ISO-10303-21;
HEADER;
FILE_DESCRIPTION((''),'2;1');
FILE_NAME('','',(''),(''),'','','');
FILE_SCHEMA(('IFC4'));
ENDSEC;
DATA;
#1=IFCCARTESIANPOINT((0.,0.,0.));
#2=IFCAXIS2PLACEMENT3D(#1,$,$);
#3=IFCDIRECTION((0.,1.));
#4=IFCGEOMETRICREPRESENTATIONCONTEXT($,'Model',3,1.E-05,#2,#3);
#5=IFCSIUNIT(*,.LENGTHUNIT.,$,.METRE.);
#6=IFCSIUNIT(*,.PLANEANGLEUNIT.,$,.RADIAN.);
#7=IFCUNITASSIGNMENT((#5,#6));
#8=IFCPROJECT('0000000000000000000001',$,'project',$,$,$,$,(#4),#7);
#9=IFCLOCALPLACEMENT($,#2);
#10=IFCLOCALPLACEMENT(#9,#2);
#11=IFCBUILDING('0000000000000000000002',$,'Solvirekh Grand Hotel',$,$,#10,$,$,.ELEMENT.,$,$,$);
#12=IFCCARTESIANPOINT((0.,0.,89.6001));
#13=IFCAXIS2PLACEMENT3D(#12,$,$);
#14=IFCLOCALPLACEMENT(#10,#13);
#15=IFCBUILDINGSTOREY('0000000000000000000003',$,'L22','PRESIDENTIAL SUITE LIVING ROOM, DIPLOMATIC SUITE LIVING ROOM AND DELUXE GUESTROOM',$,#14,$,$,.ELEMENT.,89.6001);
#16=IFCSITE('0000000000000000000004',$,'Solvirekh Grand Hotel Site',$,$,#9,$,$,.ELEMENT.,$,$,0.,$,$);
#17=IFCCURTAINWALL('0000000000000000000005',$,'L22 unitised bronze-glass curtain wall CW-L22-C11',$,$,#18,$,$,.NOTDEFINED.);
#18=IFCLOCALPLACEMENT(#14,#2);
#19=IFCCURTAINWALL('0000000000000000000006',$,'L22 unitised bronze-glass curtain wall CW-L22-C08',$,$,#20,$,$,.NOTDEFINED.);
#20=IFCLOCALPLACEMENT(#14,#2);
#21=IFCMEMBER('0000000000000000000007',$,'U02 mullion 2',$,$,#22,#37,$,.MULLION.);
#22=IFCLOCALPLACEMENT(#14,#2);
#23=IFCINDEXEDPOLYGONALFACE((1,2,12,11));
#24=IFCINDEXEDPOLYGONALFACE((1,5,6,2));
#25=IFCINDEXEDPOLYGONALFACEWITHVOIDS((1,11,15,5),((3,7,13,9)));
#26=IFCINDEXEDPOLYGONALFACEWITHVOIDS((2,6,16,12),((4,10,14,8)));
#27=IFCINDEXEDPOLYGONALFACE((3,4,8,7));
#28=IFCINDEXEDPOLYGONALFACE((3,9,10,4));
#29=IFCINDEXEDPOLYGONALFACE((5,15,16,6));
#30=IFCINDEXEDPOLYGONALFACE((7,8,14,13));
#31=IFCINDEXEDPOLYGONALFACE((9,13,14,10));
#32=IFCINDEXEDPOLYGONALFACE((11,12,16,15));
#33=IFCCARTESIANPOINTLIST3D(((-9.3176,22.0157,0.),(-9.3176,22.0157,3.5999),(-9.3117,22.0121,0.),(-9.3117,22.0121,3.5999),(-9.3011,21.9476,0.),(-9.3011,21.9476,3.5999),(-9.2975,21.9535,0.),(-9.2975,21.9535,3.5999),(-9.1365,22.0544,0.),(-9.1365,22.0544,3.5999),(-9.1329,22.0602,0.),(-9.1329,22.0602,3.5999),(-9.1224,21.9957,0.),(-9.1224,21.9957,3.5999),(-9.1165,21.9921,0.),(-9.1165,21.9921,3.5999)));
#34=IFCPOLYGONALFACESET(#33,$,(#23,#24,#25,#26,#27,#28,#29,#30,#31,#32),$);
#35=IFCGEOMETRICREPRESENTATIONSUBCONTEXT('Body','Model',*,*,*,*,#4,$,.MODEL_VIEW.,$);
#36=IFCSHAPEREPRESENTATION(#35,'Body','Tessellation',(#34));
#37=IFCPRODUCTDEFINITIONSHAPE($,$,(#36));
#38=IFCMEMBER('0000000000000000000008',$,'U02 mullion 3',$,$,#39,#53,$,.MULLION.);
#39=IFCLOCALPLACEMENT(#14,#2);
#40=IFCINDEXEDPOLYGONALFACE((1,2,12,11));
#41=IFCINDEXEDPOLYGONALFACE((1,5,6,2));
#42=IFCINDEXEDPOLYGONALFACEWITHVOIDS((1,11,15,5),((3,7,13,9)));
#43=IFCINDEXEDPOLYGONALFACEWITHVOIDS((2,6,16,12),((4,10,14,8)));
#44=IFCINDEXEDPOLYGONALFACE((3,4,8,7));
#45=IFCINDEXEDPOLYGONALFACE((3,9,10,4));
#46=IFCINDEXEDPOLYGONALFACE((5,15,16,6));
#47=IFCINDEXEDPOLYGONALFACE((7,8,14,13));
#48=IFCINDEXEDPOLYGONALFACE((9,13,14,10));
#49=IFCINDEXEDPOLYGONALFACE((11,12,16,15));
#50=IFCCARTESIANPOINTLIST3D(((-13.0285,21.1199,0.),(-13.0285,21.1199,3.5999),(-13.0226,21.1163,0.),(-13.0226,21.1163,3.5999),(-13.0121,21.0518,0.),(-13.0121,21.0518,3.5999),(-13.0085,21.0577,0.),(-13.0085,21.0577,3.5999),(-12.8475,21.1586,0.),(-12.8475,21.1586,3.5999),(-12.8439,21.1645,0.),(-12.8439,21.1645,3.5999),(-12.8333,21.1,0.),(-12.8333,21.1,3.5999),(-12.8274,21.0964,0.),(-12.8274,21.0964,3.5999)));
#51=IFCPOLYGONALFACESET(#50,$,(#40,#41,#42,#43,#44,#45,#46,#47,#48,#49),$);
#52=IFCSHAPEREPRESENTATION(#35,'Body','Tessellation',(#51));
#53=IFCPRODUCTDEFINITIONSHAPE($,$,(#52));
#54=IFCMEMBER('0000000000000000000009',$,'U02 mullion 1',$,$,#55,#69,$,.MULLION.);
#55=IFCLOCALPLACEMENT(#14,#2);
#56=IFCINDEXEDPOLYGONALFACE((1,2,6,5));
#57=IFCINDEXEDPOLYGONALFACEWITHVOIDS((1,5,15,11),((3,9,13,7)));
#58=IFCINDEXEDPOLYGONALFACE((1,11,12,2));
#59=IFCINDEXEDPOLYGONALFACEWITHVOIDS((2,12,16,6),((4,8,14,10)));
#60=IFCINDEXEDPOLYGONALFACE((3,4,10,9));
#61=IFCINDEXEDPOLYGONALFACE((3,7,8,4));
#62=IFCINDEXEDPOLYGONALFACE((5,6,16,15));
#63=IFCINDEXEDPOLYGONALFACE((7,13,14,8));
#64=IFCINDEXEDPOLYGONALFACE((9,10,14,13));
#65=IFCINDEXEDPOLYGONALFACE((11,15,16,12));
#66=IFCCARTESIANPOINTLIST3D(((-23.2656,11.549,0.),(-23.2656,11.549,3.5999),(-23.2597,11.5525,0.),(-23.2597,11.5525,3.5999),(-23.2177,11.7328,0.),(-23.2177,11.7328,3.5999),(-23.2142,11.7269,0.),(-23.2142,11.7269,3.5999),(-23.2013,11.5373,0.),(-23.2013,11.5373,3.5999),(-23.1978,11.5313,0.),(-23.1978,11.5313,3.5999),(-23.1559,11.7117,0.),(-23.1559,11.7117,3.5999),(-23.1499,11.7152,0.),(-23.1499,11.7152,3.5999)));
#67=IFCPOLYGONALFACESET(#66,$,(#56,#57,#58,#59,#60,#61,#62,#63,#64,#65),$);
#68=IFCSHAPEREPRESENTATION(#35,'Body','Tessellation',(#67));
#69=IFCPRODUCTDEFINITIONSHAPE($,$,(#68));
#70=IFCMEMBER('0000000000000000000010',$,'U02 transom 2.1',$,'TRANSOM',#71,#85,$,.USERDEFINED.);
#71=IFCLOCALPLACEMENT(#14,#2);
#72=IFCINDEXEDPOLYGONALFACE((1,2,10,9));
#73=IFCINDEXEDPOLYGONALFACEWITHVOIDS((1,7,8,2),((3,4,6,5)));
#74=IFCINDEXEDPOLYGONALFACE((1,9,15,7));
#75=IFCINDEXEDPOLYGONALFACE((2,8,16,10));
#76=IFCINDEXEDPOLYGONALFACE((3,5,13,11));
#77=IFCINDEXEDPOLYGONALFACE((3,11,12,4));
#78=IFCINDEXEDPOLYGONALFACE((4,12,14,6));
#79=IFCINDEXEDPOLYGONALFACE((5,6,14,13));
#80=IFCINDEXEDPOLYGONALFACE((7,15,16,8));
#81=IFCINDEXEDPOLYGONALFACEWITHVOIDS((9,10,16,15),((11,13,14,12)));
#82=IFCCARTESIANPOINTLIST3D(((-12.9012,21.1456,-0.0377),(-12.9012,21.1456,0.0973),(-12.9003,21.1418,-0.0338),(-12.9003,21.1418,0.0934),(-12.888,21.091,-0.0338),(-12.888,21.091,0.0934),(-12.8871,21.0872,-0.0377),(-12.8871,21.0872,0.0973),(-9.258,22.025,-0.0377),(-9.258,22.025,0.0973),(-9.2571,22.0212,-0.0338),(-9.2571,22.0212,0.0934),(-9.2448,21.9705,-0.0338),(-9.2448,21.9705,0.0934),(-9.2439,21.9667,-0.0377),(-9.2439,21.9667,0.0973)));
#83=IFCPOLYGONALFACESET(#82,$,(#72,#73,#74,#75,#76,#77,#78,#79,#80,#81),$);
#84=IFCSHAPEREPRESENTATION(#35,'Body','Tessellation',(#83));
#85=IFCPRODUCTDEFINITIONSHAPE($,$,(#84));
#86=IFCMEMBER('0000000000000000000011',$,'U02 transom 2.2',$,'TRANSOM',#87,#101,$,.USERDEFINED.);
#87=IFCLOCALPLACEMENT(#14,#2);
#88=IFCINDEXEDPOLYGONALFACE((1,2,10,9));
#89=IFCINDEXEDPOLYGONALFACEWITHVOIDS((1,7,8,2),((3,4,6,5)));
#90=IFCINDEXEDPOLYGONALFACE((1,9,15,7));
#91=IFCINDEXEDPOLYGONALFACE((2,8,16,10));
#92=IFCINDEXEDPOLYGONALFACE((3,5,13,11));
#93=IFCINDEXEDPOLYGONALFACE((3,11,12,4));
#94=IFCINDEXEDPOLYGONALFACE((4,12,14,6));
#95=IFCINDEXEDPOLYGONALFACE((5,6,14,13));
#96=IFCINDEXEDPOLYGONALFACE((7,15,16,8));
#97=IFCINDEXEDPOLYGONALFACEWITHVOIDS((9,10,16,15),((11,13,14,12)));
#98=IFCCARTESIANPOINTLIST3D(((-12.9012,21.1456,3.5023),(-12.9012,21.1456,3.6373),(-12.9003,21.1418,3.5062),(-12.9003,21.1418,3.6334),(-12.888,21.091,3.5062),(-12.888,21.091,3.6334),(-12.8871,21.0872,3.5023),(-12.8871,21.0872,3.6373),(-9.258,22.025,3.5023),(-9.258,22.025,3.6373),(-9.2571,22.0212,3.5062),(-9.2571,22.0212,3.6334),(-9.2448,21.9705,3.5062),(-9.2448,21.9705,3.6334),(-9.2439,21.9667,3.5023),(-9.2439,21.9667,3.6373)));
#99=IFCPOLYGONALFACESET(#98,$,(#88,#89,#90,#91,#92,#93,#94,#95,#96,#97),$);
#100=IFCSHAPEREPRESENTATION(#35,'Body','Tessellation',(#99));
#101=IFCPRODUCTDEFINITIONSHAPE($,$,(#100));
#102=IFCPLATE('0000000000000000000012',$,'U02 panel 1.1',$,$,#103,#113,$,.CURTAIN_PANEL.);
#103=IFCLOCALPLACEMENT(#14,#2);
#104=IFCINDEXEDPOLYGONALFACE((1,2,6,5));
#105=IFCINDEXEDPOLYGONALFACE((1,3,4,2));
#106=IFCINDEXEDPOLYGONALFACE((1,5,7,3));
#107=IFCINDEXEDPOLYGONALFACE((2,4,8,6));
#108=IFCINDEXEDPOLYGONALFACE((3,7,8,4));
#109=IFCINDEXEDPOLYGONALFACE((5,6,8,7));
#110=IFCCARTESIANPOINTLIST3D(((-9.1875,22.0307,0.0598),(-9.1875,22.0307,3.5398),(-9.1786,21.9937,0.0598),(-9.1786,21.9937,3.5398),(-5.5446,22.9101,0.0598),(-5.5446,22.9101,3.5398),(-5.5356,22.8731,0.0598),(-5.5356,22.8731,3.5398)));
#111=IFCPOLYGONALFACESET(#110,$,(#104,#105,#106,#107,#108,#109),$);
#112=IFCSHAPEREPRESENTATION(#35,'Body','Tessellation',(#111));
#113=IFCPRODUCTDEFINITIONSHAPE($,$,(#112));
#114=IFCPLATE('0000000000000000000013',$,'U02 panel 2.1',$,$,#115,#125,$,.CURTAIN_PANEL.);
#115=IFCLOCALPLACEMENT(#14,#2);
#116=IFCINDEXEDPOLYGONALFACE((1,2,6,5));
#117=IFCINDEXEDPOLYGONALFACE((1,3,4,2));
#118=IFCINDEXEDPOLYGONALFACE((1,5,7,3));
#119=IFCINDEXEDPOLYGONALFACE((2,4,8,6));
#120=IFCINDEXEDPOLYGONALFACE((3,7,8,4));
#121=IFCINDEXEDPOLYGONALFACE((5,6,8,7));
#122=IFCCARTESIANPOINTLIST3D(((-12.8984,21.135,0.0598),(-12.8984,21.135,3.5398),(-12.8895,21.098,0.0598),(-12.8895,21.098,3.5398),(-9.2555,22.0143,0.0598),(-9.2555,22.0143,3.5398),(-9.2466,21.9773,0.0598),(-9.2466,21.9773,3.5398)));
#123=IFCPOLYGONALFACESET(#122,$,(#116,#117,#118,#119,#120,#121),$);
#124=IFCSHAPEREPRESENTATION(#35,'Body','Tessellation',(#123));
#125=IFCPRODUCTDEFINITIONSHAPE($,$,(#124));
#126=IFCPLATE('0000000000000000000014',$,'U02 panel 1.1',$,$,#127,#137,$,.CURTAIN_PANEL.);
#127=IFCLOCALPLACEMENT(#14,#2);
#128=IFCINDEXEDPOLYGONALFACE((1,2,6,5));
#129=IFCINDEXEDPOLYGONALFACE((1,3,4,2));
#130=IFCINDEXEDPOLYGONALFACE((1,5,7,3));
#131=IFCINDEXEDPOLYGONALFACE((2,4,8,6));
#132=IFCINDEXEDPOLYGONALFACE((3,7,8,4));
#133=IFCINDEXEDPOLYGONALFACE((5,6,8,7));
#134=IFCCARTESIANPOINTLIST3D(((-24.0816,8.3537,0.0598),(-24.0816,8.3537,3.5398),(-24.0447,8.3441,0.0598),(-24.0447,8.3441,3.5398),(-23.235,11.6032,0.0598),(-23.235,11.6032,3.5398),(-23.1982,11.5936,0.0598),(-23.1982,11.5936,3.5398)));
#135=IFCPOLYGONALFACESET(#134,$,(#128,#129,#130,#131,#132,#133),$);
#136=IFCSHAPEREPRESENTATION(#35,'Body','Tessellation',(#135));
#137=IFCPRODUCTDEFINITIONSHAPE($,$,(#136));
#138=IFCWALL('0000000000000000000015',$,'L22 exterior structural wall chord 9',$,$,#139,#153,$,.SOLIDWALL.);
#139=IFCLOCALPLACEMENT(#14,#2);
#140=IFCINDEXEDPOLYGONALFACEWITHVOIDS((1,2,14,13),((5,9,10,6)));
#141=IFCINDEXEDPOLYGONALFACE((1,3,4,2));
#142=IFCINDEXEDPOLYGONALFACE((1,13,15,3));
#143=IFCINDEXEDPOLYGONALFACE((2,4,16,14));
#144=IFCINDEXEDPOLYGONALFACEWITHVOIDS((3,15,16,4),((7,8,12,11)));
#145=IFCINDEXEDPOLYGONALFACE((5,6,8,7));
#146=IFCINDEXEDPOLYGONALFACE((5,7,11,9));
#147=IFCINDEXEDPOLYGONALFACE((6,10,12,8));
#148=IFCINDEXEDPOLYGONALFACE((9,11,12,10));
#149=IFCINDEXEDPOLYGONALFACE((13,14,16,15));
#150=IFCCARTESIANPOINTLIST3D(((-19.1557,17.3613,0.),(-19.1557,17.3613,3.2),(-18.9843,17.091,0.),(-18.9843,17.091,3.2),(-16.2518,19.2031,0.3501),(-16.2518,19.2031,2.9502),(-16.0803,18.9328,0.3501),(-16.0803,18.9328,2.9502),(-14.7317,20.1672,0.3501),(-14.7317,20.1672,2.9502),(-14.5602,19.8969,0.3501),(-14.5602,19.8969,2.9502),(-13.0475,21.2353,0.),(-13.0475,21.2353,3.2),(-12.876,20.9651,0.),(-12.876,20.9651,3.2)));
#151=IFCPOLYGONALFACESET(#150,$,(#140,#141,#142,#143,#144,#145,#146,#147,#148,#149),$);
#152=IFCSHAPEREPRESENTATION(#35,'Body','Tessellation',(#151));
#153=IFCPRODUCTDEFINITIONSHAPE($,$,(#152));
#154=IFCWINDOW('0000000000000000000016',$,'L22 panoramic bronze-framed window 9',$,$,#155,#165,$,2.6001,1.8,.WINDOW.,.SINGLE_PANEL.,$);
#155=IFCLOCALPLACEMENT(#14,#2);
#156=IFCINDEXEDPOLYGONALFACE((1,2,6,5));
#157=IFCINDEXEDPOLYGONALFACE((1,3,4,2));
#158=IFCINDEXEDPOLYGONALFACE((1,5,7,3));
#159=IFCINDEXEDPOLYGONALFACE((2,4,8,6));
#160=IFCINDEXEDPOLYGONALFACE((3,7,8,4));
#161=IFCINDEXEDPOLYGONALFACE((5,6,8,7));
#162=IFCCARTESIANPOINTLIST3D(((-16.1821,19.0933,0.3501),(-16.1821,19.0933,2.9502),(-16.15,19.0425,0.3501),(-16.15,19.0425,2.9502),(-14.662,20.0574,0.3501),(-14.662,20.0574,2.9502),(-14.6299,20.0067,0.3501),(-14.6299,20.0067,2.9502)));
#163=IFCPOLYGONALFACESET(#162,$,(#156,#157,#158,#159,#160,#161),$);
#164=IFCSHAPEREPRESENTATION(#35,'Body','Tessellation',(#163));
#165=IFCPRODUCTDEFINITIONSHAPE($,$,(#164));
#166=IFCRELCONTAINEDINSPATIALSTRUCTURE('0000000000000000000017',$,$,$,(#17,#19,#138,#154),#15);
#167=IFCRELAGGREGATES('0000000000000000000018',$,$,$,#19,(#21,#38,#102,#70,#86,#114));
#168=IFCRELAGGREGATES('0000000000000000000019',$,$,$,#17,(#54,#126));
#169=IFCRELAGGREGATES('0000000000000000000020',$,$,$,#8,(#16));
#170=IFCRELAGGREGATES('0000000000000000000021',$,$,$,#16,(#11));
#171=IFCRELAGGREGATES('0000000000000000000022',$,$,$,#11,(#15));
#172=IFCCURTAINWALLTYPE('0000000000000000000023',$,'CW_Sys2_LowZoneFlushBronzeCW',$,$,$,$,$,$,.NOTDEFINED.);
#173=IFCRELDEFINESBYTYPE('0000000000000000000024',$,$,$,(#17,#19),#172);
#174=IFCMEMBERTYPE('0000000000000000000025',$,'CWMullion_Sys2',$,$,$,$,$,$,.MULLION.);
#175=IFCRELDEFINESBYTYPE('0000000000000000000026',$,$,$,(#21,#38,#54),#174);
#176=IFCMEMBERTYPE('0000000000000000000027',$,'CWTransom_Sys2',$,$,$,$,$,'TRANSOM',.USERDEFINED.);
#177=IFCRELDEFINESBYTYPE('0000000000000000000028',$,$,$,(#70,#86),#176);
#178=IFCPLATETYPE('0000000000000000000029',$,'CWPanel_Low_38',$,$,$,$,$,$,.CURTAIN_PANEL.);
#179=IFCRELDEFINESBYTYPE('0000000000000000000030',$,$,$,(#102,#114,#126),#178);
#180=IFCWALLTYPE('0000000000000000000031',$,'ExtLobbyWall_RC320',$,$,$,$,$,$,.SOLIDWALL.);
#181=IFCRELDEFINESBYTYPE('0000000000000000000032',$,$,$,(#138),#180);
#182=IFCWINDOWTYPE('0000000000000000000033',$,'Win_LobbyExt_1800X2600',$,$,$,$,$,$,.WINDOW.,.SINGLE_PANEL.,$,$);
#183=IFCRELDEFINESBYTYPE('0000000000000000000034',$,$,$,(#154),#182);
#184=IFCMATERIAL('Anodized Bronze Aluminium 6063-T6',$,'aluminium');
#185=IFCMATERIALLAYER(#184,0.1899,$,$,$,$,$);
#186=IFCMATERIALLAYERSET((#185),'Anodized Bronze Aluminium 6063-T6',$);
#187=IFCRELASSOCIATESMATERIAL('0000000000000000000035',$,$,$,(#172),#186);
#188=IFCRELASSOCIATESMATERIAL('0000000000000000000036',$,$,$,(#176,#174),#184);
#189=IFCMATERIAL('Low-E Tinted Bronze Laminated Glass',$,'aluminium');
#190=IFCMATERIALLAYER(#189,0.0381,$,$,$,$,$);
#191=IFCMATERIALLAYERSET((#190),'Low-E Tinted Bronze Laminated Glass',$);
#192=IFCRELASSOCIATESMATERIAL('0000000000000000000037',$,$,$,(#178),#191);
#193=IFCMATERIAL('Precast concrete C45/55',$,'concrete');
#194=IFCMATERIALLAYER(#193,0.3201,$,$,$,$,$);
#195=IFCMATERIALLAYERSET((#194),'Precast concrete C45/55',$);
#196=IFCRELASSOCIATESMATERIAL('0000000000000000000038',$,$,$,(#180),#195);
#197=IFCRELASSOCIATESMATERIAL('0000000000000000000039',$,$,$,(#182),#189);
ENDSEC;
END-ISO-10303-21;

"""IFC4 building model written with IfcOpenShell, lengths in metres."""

from ifc_helpers import new_model, si_unit, direction, frame, frame_2d, origin, origin_2d, place, context, subcontext, project, spatial, rectangle, hollow_rectangle, extrude, source, transform, mapped, material, layer, layer_set, material_profile, profile_set, type_object, element, fill, aggregate, save


model = new_model("IFC4")

# Units and contexts
model_context = context("Model", 3, precision=1e-05, world=origin(), true_north=direction((0.0, 1.0)))
body_context = subcontext(model_context, "Body", "Model", "MODEL_VIEW")
ifc_project = project(units=[si_unit("LENGTHUNIT", "METRE"), si_unit("PLANEANGLEUNIT", "RADIAN")], contexts=[model_context])

# Site, building, storey
site_placement = place(None, origin())
site = spatial("IfcSite", under=ifc_project, at=site_placement, Name="Solvirekh Grand Hotel Site", CompositionType="ELEMENT", RefElevation=0.0)
building_placement = place(site_placement, origin())
building = spatial("IfcBuilding", under=site, at=building_placement, Name="Solvirekh Grand Hotel", CompositionType="ELEMENT")
storey_placement = place(building_placement, frame((0.0, 0.0, 89.6001)))
storey = spatial("IfcBuildingStorey", under=building, at=storey_placement, Name="L22", Description="PRESIDENTIAL SUITE LIVING ROOM, DIPLOMATIC SUITE LIVING ROOM AND DELUXE GUESTROOM", CompositionType="ELEMENT", Elevation=89.6001)

# Curtain walls, members
ifc_material_1 = material(Name="Anodized Bronze Aluminium 6063-T6", Category="aluminium")
ifc_layer_1 = layer(ifc_material_1, 0.1899)
ifc_layer_set_1 = layer_set([ifc_layer_1], Name="Anodized Bronze Aluminium 6063-T6")
curtain_wall_type = type_object("IfcCurtainWallType", Name="CW_Sys2_LowZoneFlushBronzeCW", PredefinedType="NOTDEFINED", material=ifc_layer_set_1)
curtain_wall_1_placement = place(storey_placement, origin())
curtain_wall_1 = element("IfcCurtainWall", 1, at=curtain_wall_1_placement, inside=storey, type_object=curtain_wall_type, Name="L22 unitised bronze-glass curtain wall CW-L22-C11", PredefinedType="NOTDEFINED")
ifc_material_profile_1 = material_profile(ifc_material_1, hollow_rectangle(XDim=0.0601, YDim=0.135, WallThickness=0.0039, at=origin_2d()), Name="ALU RHS 135X60X4")
ifc_profile_set_1 = profile_set([ifc_material_profile_1], Name="Anodized Bronze Aluminium 6063-T6")
member_type_1 = type_object("IfcMemberType", Name="CWTransom_Sys2", ElementType="TRANSOM", PredefinedType="USERDEFINED", material=ifc_profile_set_1)
curtain_wall_2_placement = place(storey_placement, origin())
curtain_wall_2 = element("IfcCurtainWall", 2, at=curtain_wall_2_placement, inside=storey, type_object=curtain_wall_type, Name="L22 unitised bronze-glass curtain wall CW-L22-C08", PredefinedType="NOTDEFINED")
ifc_material_profile_2 = material_profile(ifc_material_1, hollow_rectangle(XDim=0.0701, YDim=0.1899, WallThickness=0.0049, at=origin_2d()), Name="ALU RHS 190X70X5")
ifc_profile_set_2 = profile_set([ifc_material_profile_2], Name="Anodized Bronze Aluminium 6063-T6")
member_type_2 = type_object("IfcMemberType", Name="CWMullion_Sys2", PredefinedType="MULLION", material=ifc_profile_set_2)
shared_shape_1 = source(origin(), body_context, "Body", "SweptSolid", [
    extrude(hollow_rectangle(XDim=0.0701, YDim=0.1899, WallThickness=0.0049, at=origin_2d()), origin(), (0.0, 0.0, 1.0), 3.5999),
])
member_1_placement = place(storey_placement, frame((-9.217, 22.0039, 0.0), z_axis=(0.0, 0.0, 1.0), x_axis=(0.234649, -0.97208, 0.0)))
member_1 = element("IfcMember", 3, at=member_1_placement, type_object=member_type_2, Name="U02 mullion 2", PredefinedType="MULLION", context=body_context, shape_type="MappedRepresentation", body=[
    mapped(shared_shape_1, transform((0.0, 0.0, 0.0), x_axis=(1.0, 0.0, 0.0), y_axis=(0.0, 1.0, 0.0), z_axis=(0.0, 0.0, 1.0), scale=1.0)),
])
member_2_placement = place(storey_placement, frame((-12.928, 21.1082, 0.0), z_axis=(0.0, 0.0, 1.0), x_axis=(0.234649, -0.97208, 0.0)))
member_2 = element("IfcMember", 4, at=member_2_placement, type_object=member_type_2, Name="U02 mullion 3", PredefinedType="MULLION", context=body_context, shape_type="MappedRepresentation", body=[
    mapped(shared_shape_1, transform((0.0, 0.0, 0.0), x_axis=(1.0, 0.0, 0.0), y_axis=(0.0, 1.0, 0.0), z_axis=(0.0, 0.0, 1.0), scale=1.0)),
])

# Members
member_3_placement = place(storey_placement, frame((-23.2078, 11.6321, 0.0), z_axis=(0.0, 0.0, 1.0), x_axis=(0.9677, -0.252104, 0.0)))
member_3 = element("IfcMember", 5, at=member_3_placement, type_object=member_type_2, Name="U02 mullion 1", PredefinedType="MULLION", context=body_context, shape_type="MappedRepresentation", body=[
    mapped(shared_shape_1, transform((0.0, 0.0, 0.0), x_axis=(1.0, 0.0, 0.0), y_axis=(0.0, 1.0, 0.0), z_axis=(0.0, 0.0, 1.0), scale=1.0)),
])
shared_shape_2 = source(origin(), body_context, "Body", "SweptSolid", [
    extrude(hollow_rectangle(XDim=0.0601, YDim=0.135, WallThickness=0.0039, at=origin_2d()), origin(), (0.0, 0.0, 1.0), 3.7478),
])
member_4_placement = place(storey_placement, frame((-9.251, 21.9958, 0.0298), z_axis=(-0.97208, -0.234649, 0.0), x_axis=(0.234649, -0.97208, 0.0)))
member_4 = element("IfcMember", 6, at=member_4_placement, type_object=member_type_1, Name="U02 transom 2.1", ObjectType="TRANSOM", PredefinedType="USERDEFINED", context=body_context, shape_type="MappedRepresentation", body=[
    mapped(shared_shape_2, transform((0.0, 0.0, 0.0), x_axis=(1.0, 0.0, 0.0), y_axis=(0.0, 1.0, 0.0), z_axis=(0.0, 0.0, 1.0), scale=1.0)),
])
member_5_placement = place(storey_placement, frame((-9.251, 21.9958, 3.5698), z_axis=(-0.97208, -0.234649, 0.0), x_axis=(0.234649, -0.97208, 0.0)))
member_5 = element("IfcMember", 7, at=member_5_placement, type_object=member_type_1, Name="U02 transom 2.2", ObjectType="TRANSOM", PredefinedType="USERDEFINED", context=body_context, shape_type="MappedRepresentation", body=[
    mapped(shared_shape_2, transform((0.0, 0.0, 0.0), x_axis=(1.0, 0.0, 0.0), y_axis=(0.0, 1.0, 0.0), z_axis=(0.0, 0.0, 1.0), scale=1.0)),
])

# Plates
ifc_material_2 = material(Name="Low-E Tinted Bronze Laminated Glass", Category="aluminium")
ifc_layer_2 = layer(ifc_material_2, 0.0381)
ifc_layer_set_2 = layer_set([ifc_layer_2], Name="Low-E Tinted Bronze Laminated Glass")
plate_type = type_object("IfcPlateType", Name="CWPanel_Low_38", PredefinedType="CURTAIN_PANEL", material=ifc_layer_set_2)
shared_shape_3 = source(origin(), body_context, "Body", "SweptSolid", [
    extrude(rectangle(XDim=3.7476, YDim=0.0381, at=origin_2d()), origin(), (0.0, 0.0, 1.0), 3.48),
])
plate_1_placement = place(storey_placement, frame((-7.3616, 22.4519, 0.0598), z_axis=(0.0, 0.0, 1.0), x_axis=(-0.97208, -0.234649, 0.0)))
plate_1 = element("IfcPlate", 8, at=plate_1_placement, type_object=plate_type, Name="U02 panel 1.1", PredefinedType="CURTAIN_PANEL", context=body_context, shape_type="MappedRepresentation", body=[
    mapped(shared_shape_3, transform((0.0, 0.0, 0.0), x_axis=(1.0, 0.0, 0.0), y_axis=(0.0, 1.0, 0.0), z_axis=(0.0, 0.0, 1.0), scale=1.0)),
])
plate_2_placement = place(storey_placement, frame((-11.0725, 21.5562, 0.0598), z_axis=(0.0, 0.0, 1.0), x_axis=(-0.97208, -0.234649, 0.0)))
plate_2 = element("IfcPlate", 9, at=plate_2_placement, type_object=plate_type, Name="U02 panel 2.1", PredefinedType="CURTAIN_PANEL", context=body_context, shape_type="MappedRepresentation", body=[
    mapped(shared_shape_3, transform((0.0, 0.0, 0.0), x_axis=(1.0, 0.0, 0.0), y_axis=(0.0, 1.0, 0.0), z_axis=(0.0, 0.0, 1.0), scale=1.0)),
])
aggregate(curtain_wall_2, [member_1, member_2, plate_1, member_4, member_5, plate_2])
shared_shape_4 = source(origin(), body_context, "Body", "SweptSolid", [
    extrude(rectangle(XDim=3.3579, YDim=0.0381, at=origin_2d()), origin(), (0.0, 0.0, 1.0), 3.48),
])
plate_3_placement = place(storey_placement, frame((-23.6399, 9.9736, 0.0598), z_axis=(0.0, 0.0, 1.0), x_axis=(-0.252104, -0.9677, 0.0)))
plate_3 = element("IfcPlate", 10, at=plate_3_placement, type_object=plate_type, Name="U02 panel 1.1", PredefinedType="CURTAIN_PANEL", context=body_context, shape_type="MappedRepresentation", body=[
    mapped(shared_shape_4, transform((0.0, 0.0, 0.0), x_axis=(1.0, 0.0, 0.0), y_axis=(0.0, 1.0, 0.0), z_axis=(0.0, 0.0, 1.0), scale=1.0)),
])
aggregate(curtain_wall_1, [member_3, plate_3])

# Wall, opening, window
ifc_material_3 = material(Name="Precast concrete C45/55", Category="concrete")
ifc_layer_3 = layer(ifc_material_3, 0.3201)
ifc_layer_set_3 = layer_set([ifc_layer_3], Name="Precast concrete C45/55")
wall_type_1 = type_object("IfcWallType", Name="ExtLobbyWall_RC320", PredefinedType="SOLIDWALL", material=ifc_layer_set_3)
wall_1_placement = place(storey_placement, frame((-19.0701, 17.2261, 0.0), z_axis=(0.0, 0.0, 1.0), x_axis=(0.844474, 0.535597, 0.0)))
wall_1 = element("IfcWall", 11, at=wall_1_placement, inside=storey, type_object=wall_type_1, Name="L22 exterior structural wall chord 9", PredefinedType="SOLIDWALL", context=body_context, shape_type="SweptSolid", body=[
    extrude(rectangle(XDim=7.2332, YDim=0.3201, at=frame_2d((3.6167, 0.0))), origin(), (0.0, 0.0, 1.0), 3.2),
])
opening_1_placement = place(wall_1_placement, frame((3.439, 0.0, 0.3501)))
opening_1 = element("IfcOpeningElement", 12, at=opening_1_placement, cuts=wall_1, PredefinedType="OPENING", context=body_context, shape_type="SweptSolid", body=[
    extrude(rectangle(XDim=1.8, YDim=2.6001, at=frame_2d((0.8999, 1.3))), frame((0.0, 0.1699, 0.0), z_axis=(0.0, -1.0, 0.0), x_axis=(1.0, 0.0, 0.0)), (0.0, 0.0, 1.0), 0.3401),
])
window_type = type_object("IfcWindowType", Name="Win_LobbyExt_1800X2600", PartitioningType="SINGLE_PANEL", PredefinedType="WINDOW", material=ifc_material_2)
window_1_placement = place(opening_1_placement, origin())
window_1 = element("IfcWindow", 13, at=window_1_placement, inside=storey, type_object=window_type, Name="L22 panoramic bronze-framed window 9", OverallHeight=2.6001, OverallWidth=1.8, PartitioningType="SINGLE_PANEL", PredefinedType="WINDOW", context=body_context, shape_type="SweptSolid", body=[
    extrude(rectangle(XDim=1.8, YDim=2.6001, at=frame_2d((0.8999, 1.3))), frame((0.0, 0.03, 0.0), z_axis=(0.0, -1.0, 0.0), x_axis=(1.0, 0.0, 0.0)), (0.0, 0.0, 1.0), 0.0601),
])
fill(opening_1, window_1)

save(model, "model.ifc")
